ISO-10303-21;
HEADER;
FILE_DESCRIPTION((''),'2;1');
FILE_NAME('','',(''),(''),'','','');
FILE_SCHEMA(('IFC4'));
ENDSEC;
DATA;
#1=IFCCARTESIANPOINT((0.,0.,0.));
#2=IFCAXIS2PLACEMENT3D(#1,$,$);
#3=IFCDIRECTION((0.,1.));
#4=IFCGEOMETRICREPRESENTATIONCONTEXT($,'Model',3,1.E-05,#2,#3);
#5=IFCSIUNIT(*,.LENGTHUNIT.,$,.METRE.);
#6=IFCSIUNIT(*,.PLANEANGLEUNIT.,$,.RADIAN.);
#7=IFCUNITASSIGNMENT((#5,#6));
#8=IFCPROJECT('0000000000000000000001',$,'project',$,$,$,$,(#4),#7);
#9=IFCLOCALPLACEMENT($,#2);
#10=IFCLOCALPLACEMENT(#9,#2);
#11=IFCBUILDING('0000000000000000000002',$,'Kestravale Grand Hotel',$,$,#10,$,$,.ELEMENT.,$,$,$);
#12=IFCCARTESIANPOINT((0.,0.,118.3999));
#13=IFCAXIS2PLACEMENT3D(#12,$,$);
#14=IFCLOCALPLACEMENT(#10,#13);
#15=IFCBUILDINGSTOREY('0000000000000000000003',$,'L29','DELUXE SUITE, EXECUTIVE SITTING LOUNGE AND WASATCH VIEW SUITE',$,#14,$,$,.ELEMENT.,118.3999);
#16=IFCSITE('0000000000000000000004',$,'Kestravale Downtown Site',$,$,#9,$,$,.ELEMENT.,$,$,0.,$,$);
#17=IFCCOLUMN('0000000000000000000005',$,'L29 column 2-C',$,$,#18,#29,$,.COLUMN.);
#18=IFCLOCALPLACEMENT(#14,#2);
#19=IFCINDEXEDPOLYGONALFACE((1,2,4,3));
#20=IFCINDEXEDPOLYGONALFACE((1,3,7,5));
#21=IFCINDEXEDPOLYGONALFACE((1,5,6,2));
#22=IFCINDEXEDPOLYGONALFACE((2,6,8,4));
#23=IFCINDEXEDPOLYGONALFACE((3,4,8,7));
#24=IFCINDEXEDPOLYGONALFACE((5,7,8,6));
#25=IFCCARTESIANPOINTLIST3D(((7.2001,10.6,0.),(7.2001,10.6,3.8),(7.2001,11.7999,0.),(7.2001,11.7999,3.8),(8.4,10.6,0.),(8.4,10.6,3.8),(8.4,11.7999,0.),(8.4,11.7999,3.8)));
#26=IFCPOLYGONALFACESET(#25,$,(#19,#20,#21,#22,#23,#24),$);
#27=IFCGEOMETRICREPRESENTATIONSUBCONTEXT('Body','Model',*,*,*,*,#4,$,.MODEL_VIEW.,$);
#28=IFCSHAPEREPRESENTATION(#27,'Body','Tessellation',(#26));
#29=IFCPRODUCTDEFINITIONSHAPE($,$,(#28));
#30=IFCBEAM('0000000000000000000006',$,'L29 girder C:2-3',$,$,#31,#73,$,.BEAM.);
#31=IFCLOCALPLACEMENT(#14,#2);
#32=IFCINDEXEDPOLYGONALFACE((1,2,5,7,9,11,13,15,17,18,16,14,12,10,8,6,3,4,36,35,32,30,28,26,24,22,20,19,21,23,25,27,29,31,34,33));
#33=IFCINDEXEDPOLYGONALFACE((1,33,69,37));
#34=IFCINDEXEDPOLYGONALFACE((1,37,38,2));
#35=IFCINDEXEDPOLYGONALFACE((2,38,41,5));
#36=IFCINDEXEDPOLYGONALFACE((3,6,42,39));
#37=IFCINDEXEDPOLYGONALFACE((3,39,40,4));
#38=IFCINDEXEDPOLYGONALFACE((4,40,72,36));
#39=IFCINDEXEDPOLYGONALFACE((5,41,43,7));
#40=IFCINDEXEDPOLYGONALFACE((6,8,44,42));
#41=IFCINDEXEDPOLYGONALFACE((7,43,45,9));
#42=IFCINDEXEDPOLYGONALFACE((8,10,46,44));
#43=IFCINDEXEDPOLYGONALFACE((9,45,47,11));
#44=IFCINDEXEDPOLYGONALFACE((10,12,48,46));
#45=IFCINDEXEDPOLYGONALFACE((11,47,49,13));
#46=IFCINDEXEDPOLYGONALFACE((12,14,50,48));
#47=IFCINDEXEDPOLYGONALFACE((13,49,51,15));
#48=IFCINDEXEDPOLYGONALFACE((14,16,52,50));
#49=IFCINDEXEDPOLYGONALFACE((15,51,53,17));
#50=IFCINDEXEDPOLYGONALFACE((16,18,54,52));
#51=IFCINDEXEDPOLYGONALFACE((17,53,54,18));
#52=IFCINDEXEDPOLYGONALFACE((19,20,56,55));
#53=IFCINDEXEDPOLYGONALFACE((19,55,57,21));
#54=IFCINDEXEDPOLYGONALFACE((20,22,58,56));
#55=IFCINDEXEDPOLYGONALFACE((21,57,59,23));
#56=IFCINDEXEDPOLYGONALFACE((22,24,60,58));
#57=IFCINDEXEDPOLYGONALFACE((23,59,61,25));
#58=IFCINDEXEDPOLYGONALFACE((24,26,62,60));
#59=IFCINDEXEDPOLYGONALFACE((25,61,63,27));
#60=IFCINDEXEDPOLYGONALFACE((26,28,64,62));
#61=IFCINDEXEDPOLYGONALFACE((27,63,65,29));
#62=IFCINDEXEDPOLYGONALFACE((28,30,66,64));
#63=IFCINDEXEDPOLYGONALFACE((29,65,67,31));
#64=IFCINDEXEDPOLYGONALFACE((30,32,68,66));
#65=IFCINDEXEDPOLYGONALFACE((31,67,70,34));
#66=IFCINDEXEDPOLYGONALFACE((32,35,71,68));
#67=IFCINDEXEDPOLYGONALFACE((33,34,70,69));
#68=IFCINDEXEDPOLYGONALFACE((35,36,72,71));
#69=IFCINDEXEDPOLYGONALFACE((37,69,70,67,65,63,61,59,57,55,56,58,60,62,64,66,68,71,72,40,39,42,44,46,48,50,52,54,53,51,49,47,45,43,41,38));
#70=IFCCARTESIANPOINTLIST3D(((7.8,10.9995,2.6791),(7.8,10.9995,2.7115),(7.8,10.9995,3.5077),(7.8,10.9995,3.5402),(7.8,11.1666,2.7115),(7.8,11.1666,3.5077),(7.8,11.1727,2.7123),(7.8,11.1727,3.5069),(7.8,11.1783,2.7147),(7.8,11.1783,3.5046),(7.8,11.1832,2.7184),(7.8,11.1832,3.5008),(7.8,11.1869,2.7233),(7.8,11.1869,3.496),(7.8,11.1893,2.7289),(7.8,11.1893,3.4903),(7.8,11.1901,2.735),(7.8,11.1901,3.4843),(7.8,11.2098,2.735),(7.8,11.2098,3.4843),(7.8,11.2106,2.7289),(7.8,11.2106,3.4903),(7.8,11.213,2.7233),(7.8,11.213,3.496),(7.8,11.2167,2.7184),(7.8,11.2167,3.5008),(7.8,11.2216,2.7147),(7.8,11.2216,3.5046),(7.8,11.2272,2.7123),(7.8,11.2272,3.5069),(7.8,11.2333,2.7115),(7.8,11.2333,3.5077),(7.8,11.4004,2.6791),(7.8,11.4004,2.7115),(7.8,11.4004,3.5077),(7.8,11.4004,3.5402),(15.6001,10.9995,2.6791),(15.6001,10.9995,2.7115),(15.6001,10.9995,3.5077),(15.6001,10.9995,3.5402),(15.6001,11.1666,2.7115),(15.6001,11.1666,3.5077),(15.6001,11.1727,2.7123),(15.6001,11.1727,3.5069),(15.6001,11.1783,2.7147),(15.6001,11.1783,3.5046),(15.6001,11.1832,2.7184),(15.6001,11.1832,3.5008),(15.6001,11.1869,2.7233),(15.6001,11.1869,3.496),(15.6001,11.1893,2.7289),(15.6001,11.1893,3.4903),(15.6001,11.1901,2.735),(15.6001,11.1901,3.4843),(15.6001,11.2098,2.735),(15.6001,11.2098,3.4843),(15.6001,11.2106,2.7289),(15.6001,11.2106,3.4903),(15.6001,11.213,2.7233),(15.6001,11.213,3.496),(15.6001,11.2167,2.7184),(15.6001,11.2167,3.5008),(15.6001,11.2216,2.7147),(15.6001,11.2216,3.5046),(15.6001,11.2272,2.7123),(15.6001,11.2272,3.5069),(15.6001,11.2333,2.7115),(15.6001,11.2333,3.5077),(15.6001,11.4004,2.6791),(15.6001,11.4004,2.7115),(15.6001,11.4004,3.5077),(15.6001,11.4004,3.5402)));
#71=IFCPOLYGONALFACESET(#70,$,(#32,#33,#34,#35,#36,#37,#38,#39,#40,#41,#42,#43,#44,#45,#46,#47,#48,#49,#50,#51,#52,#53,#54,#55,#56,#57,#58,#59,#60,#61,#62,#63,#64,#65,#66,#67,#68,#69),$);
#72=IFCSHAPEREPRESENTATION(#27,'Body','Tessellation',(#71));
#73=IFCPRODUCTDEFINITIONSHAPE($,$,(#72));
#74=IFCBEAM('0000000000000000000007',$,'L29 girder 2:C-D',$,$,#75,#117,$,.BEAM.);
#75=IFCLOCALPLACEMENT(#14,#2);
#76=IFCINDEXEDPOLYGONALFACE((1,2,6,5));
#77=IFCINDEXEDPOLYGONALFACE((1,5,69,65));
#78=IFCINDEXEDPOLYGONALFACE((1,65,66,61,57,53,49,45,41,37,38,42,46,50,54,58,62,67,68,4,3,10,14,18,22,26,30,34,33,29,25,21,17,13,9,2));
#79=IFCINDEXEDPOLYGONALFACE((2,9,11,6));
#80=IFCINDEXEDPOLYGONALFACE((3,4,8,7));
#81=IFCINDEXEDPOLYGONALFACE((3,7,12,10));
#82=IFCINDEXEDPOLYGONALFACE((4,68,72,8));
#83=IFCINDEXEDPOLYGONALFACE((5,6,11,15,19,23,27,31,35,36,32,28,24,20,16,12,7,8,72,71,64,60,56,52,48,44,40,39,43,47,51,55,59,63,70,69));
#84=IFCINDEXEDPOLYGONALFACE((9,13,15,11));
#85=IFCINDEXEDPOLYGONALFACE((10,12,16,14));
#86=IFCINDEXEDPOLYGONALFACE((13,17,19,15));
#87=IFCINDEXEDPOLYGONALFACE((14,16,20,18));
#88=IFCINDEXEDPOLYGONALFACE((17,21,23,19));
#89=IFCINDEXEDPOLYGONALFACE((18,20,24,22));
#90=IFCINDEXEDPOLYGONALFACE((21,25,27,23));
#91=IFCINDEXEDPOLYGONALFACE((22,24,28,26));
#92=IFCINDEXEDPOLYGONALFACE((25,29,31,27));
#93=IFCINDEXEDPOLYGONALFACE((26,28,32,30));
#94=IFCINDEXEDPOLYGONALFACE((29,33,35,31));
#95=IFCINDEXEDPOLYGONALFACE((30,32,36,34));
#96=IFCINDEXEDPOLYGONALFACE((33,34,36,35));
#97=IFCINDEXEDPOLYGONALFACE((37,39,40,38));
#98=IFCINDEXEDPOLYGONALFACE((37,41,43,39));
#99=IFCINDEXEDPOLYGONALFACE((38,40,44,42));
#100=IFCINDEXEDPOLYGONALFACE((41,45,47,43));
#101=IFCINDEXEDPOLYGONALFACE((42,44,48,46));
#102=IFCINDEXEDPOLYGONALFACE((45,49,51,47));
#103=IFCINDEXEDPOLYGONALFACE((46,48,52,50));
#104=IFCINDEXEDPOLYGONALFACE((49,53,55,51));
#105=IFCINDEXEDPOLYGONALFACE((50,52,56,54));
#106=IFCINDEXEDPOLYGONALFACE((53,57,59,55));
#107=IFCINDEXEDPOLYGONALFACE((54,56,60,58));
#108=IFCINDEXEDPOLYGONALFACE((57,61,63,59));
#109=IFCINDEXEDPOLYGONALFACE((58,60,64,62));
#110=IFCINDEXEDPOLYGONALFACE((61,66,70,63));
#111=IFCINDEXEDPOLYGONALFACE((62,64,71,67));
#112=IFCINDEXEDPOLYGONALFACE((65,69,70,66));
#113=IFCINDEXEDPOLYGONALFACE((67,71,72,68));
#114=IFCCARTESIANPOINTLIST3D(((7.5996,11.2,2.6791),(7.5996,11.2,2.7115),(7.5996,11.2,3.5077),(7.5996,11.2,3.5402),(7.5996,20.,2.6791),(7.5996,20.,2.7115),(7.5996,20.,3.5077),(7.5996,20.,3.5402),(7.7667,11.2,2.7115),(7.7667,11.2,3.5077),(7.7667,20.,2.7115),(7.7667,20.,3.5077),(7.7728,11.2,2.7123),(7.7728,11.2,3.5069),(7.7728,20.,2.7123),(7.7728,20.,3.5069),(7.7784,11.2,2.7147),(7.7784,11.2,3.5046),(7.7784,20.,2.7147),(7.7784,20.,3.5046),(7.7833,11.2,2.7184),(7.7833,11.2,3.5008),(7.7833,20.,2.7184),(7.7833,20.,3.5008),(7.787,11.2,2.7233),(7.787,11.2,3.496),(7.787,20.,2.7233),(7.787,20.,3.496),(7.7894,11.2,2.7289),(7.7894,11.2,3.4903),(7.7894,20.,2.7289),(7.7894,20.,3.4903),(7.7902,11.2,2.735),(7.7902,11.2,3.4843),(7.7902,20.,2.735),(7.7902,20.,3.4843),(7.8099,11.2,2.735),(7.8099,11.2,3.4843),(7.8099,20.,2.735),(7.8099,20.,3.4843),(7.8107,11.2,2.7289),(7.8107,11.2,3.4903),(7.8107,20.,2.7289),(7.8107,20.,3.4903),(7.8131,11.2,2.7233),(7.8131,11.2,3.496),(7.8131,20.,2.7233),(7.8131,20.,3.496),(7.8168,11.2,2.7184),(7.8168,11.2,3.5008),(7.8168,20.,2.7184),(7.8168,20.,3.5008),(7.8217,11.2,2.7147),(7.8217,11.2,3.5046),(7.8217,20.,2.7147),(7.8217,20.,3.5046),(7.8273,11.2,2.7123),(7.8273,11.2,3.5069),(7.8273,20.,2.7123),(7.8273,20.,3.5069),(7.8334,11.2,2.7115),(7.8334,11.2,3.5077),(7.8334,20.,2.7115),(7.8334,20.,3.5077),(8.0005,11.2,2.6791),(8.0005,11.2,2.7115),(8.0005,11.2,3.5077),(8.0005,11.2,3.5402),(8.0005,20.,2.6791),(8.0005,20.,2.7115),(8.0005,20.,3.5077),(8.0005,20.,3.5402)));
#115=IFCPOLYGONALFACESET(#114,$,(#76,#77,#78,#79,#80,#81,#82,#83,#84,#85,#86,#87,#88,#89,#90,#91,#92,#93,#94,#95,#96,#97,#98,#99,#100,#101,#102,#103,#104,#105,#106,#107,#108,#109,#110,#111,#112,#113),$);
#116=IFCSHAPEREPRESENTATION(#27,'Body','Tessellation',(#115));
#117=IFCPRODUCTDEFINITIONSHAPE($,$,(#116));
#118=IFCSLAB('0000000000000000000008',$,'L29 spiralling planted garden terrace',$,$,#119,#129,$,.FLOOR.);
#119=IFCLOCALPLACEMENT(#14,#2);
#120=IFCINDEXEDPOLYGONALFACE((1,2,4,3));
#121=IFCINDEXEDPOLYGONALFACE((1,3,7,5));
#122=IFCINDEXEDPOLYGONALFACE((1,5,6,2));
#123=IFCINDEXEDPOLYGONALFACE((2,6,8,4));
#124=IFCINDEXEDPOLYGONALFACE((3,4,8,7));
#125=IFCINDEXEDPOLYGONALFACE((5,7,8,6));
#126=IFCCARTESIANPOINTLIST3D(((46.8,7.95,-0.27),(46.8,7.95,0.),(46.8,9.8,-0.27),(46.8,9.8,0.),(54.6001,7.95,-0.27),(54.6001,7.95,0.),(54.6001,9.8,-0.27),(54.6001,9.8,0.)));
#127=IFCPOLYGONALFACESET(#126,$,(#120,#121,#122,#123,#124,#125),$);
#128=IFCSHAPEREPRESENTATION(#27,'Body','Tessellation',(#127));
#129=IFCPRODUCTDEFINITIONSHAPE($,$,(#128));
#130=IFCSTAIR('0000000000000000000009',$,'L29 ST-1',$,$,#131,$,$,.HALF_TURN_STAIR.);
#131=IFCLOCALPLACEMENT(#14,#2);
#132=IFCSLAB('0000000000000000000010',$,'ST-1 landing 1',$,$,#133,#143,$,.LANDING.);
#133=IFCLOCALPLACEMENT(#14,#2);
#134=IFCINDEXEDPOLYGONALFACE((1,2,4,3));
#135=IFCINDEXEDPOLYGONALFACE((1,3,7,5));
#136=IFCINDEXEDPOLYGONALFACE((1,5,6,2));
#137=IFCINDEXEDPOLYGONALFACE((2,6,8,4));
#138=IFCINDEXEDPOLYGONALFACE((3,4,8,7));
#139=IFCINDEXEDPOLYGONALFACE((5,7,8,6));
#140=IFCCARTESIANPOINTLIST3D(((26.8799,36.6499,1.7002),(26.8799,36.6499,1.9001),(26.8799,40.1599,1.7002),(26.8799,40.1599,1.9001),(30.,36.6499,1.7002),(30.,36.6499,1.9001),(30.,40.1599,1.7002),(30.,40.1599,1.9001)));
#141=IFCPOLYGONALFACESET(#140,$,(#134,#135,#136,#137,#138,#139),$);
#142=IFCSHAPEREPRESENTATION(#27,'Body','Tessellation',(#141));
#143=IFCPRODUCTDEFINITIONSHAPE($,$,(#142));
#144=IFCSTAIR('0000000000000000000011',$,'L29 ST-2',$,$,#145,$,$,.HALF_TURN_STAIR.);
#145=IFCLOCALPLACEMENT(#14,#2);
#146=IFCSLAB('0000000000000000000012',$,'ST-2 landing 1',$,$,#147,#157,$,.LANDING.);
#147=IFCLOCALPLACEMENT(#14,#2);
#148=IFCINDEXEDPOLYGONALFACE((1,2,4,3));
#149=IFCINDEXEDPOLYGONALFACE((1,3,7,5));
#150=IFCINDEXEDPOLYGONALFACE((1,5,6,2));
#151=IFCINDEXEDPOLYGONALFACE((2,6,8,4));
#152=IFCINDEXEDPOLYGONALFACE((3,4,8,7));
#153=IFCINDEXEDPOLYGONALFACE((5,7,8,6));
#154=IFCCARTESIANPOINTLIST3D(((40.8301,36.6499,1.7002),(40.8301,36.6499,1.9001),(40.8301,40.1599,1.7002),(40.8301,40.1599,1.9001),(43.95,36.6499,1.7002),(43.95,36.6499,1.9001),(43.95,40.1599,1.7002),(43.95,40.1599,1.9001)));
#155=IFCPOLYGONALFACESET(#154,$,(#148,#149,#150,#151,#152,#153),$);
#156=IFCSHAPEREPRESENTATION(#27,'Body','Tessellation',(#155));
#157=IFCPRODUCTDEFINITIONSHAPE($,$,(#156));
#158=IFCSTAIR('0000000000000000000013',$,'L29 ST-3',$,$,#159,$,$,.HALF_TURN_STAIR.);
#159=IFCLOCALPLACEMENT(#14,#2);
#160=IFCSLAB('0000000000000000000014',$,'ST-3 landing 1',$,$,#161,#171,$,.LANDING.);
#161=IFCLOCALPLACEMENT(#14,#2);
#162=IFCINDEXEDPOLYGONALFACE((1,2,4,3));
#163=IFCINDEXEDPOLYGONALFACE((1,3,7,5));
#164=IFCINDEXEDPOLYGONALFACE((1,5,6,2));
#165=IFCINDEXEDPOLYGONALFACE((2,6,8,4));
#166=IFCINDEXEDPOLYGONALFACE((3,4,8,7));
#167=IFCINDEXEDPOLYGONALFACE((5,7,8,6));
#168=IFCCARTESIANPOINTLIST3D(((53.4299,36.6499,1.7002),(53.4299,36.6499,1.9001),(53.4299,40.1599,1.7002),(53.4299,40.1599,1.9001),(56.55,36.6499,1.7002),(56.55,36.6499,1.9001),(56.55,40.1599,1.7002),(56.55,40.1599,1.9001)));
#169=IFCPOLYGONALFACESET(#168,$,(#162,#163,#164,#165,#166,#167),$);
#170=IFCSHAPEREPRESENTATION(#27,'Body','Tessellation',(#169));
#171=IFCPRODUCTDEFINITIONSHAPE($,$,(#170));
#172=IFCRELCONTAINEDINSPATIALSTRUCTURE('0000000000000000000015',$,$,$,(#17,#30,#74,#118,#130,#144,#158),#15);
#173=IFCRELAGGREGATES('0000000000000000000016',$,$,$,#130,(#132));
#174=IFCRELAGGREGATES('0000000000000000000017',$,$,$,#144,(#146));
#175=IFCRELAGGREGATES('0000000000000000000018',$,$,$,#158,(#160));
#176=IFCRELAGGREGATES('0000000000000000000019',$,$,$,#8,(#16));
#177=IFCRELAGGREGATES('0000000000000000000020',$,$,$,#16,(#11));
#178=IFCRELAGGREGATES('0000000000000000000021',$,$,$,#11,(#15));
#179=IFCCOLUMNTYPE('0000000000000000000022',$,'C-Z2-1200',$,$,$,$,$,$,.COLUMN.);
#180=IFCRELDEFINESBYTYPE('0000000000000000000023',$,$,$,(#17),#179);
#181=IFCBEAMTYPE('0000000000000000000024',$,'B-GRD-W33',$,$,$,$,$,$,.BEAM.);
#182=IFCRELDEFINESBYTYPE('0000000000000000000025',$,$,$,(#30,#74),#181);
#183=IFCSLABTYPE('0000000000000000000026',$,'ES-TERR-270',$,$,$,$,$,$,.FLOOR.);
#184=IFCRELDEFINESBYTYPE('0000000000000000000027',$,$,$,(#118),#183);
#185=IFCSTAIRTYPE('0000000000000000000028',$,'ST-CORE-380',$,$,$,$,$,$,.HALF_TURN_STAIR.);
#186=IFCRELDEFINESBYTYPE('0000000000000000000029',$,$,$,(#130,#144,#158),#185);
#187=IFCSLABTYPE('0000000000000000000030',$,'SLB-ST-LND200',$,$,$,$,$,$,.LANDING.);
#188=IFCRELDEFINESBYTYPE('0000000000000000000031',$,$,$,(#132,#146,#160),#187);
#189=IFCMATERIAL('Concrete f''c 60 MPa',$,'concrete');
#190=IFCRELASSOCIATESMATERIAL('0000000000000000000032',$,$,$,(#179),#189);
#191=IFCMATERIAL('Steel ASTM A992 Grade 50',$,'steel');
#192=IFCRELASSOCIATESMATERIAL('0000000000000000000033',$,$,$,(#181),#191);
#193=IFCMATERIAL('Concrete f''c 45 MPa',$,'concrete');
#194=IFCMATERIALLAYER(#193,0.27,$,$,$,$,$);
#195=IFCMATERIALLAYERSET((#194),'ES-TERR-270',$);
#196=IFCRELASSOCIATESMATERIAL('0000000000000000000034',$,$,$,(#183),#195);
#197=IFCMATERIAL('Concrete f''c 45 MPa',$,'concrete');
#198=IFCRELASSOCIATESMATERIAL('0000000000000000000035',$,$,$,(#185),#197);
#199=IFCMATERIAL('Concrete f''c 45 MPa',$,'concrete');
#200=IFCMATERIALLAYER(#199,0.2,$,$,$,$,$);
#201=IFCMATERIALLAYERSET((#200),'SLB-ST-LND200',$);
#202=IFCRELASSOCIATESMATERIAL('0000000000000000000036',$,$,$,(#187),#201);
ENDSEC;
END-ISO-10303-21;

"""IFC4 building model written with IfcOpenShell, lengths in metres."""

from ifc_helpers import new_model, si_unit, direction, frame, origin, origin_2d, place, context, subcontext, project, spatial, polyline, rectangle, i_section, outline, extrude, material, layer, layer_set, material_profile, profile_set, type_object, element, aggregate, save


model = new_model("IFC4")

# Units and contexts
model_context = context("Model", 3, precision=1e-05, world=origin(), true_north=direction((0.0, 1.0)))
body_context = subcontext(model_context, "Body", "Model", "MODEL_VIEW")
ifc_project = project(units=[si_unit("LENGTHUNIT", "METRE"), si_unit("PLANEANGLEUNIT", "RADIAN")], contexts=[model_context])

# Site, building, storey
site_placement = place(None, origin())
site = spatial("IfcSite", under=ifc_project, at=site_placement, Name="Kestravale Downtown Site", CompositionType="ELEMENT", RefElevation=0.0)
building_placement = place(site_placement, origin())
building = spatial("IfcBuilding", under=site, at=building_placement, Name="Kestravale Grand Hotel", CompositionType="ELEMENT")
storey_placement = place(building_placement, frame((0.0, 0.0, 118.3999)))
storey = spatial("IfcBuildingStorey", under=building, at=storey_placement, Name="L29", Description="DELUXE SUITE, EXECUTIVE SITTING LOUNGE AND WASATCH VIEW SUITE", CompositionType="ELEMENT", Elevation=118.3999)

# Column
ifc_material_1 = material(Name="Concrete f'c 60 MPa", Category="concrete")
ifc_material_profile_1 = material_profile(ifc_material_1, rectangle(XDim=1.2, YDim=1.2, at=origin_2d()))
ifc_profile_set_1 = profile_set([ifc_material_profile_1], Name="Concrete f'c 60 MPa")
column_type = type_object("IfcColumnType", Name="C-Z2-1200", PredefinedType="COLUMN", material=ifc_profile_set_1)
column_placement = place(storey_placement, frame((7.8, 11.2, 0.0), z_axis=(0.0, 0.0, 1.0), x_axis=(1.0, 0.0, 0.0)))
element("IfcColumn", 1, at=column_placement, inside=storey, type_object=column_type, Name="L29 column 2-C", PredefinedType="COLUMN", context=body_context, shape_type="SweptSolid", body=[
    extrude(rectangle(XDim=1.2, YDim=1.2, at=origin_2d()), origin(), (0.0, 0.0, 1.0), 3.8),
])

# Beams
ifc_material_2 = material(Name="Steel ASTM A992 Grade 50", Category="steel")
ifc_material_profile_2 = material_profile(ifc_material_2, i_section(OverallWidth=0.4009, OverallDepth=0.8611, WebThickness=0.0198, FlangeThickness=0.0325, FilletRadius=0.0234, at=origin_2d()))
ifc_profile_set_2 = profile_set([ifc_material_profile_2], Name="Steel ASTM A992 Grade 50")
beam_type = type_object("IfcBeamType", Name="B-GRD-W33", PredefinedType="BEAM", material=ifc_profile_set_2)
beam_1_placement = place(storey_placement, frame((7.8, 11.2, 3.1096), z_axis=(1.0, 0.0, 0.0), x_axis=(0.0, 1.0, 0.0)))
element("IfcBeam", 2, at=beam_1_placement, inside=storey, type_object=beam_type, Name="L29 girder C:2-3", PredefinedType="BEAM", context=body_context, shape_type="SweptSolid", body=[
    extrude(i_section(OverallWidth=0.4009, OverallDepth=0.8611, WebThickness=0.0198, FlangeThickness=0.0325, FilletRadius=0.0234, at=origin_2d()), origin(), (0.0, 0.0, 1.0), 7.8),
])
beam_2_placement = place(storey_placement, frame((7.8, 11.2, 3.1096), z_axis=(0.0, 1.0, 0.0), x_axis=(-1.0, 0.0, 0.0)))
element("IfcBeam", 3, at=beam_2_placement, inside=storey, type_object=beam_type, Name="L29 girder 2:C-D", PredefinedType="BEAM", context=body_context, shape_type="SweptSolid", body=[
    extrude(i_section(OverallWidth=0.4009, OverallDepth=0.8611, WebThickness=0.0198, FlangeThickness=0.0325, FilletRadius=0.0234, at=origin_2d()), origin(), (0.0, 0.0, 1.0), 8.8),
])

# Slab
ifc_material_3 = material(Name="Concrete f'c 45 MPa", Category="concrete")
ifc_layer_1 = layer(ifc_material_3, 0.27)
ifc_layer_set_1 = layer_set([ifc_layer_1], Name="ES-TERR-270")
slab_type_1 = type_object("IfcSlabType", Name="ES-TERR-270", PredefinedType="FLOOR", material=ifc_layer_set_1)
slab_1_placement = place(storey_placement, frame((0.0, 0.0, -0.27)))
element("IfcSlab", 4, at=slab_1_placement, inside=storey, type_object=slab_type_1, Name="L29 spiralling planted garden terrace", PredefinedType="FLOOR", context=body_context, shape_type="SweptSolid", body=[
    extrude(outline(polyline([(46.8, 7.95), (54.6001, 7.95), (54.6001, 9.8), (46.8, 9.8), (46.8, 7.95)])), origin(), (0.0, 0.0, 1.0), 0.27),
])

# Stairs, slabs
ifc_material_4 = material(Name="Concrete f'c 45 MPa", Category="concrete")
stair_type = type_object("IfcStairType", Name="ST-CORE-380", PredefinedType="HALF_TURN_STAIR", material=ifc_material_4)
stair_1_placement = place(storey_placement, origin())
stair_1 = element("IfcStair", 5, at=stair_1_placement, inside=storey, type_object=stair_type, Name="L29 ST-1", PredefinedType="HALF_TURN_STAIR")
ifc_material_5 = material(Name="Concrete f'c 45 MPa", Category="concrete")
ifc_layer_2 = layer(ifc_material_5, 0.2)
ifc_layer_set_2 = layer_set([ifc_layer_2], Name="SLB-ST-LND200")
slab_type_2 = type_object("IfcSlabType", Name="SLB-ST-LND200", PredefinedType="LANDING", material=ifc_layer_set_2)
slab_2_placement = place(storey_placement, frame((0.0, 0.0, 1.7002)))
slab_2 = element("IfcSlab", 6, at=slab_2_placement, type_object=slab_type_2, Name="ST-1 landing 1", PredefinedType="LANDING", context=body_context, shape_type="SweptSolid", body=[
    extrude(outline(polyline([(26.8799, 36.6499), (30.0, 36.6499), (30.0, 40.1599), (26.8799, 40.1599), (26.8799, 36.6499)])), origin(), (0.0, 0.0, 1.0), 0.2),
])
aggregate(stair_1, [slab_2])
stair_2_placement = place(storey_placement, origin())
stair_2 = element("IfcStair", 7, at=stair_2_placement, inside=storey, type_object=stair_type, Name="L29 ST-2", PredefinedType="HALF_TURN_STAIR")
slab_3_placement = place(storey_placement, frame((0.0, 0.0, 1.7002)))
slab_3 = element("IfcSlab", 8, at=slab_3_placement, type_object=slab_type_2, Name="ST-2 landing 1", PredefinedType="LANDING", context=body_context, shape_type="SweptSolid", body=[
    extrude(outline(polyline([(40.8301, 36.6499), (43.95, 36.6499), (43.95, 40.1599), (40.8301, 40.1599), (40.8301, 36.6499)])), origin(), (0.0, 0.0, 1.0), 0.2),
])
aggregate(stair_2, [slab_3])
stair_3_placement = place(storey_placement, origin())
stair_3 = element("IfcStair", 9, at=stair_3_placement, inside=storey, type_object=stair_type, Name="L29 ST-3", PredefinedType="HALF_TURN_STAIR")
slab_4_placement = place(storey_placement, frame((0.0, 0.0, 1.7002)))
slab_4 = element("IfcSlab", 10, at=slab_4_placement, type_object=slab_type_2, Name="ST-3 landing 1", PredefinedType="LANDING", context=body_context, shape_type="SweptSolid", body=[
    extrude(outline(polyline([(53.4299, 36.6499), (56.55, 36.6499), (56.55, 40.1599), (53.4299, 40.1599), (53.4299, 36.6499)])), origin(), (0.0, 0.0, 1.0), 0.2),
])
aggregate(stair_3, [slab_4])

save(model, "model.ifc")
